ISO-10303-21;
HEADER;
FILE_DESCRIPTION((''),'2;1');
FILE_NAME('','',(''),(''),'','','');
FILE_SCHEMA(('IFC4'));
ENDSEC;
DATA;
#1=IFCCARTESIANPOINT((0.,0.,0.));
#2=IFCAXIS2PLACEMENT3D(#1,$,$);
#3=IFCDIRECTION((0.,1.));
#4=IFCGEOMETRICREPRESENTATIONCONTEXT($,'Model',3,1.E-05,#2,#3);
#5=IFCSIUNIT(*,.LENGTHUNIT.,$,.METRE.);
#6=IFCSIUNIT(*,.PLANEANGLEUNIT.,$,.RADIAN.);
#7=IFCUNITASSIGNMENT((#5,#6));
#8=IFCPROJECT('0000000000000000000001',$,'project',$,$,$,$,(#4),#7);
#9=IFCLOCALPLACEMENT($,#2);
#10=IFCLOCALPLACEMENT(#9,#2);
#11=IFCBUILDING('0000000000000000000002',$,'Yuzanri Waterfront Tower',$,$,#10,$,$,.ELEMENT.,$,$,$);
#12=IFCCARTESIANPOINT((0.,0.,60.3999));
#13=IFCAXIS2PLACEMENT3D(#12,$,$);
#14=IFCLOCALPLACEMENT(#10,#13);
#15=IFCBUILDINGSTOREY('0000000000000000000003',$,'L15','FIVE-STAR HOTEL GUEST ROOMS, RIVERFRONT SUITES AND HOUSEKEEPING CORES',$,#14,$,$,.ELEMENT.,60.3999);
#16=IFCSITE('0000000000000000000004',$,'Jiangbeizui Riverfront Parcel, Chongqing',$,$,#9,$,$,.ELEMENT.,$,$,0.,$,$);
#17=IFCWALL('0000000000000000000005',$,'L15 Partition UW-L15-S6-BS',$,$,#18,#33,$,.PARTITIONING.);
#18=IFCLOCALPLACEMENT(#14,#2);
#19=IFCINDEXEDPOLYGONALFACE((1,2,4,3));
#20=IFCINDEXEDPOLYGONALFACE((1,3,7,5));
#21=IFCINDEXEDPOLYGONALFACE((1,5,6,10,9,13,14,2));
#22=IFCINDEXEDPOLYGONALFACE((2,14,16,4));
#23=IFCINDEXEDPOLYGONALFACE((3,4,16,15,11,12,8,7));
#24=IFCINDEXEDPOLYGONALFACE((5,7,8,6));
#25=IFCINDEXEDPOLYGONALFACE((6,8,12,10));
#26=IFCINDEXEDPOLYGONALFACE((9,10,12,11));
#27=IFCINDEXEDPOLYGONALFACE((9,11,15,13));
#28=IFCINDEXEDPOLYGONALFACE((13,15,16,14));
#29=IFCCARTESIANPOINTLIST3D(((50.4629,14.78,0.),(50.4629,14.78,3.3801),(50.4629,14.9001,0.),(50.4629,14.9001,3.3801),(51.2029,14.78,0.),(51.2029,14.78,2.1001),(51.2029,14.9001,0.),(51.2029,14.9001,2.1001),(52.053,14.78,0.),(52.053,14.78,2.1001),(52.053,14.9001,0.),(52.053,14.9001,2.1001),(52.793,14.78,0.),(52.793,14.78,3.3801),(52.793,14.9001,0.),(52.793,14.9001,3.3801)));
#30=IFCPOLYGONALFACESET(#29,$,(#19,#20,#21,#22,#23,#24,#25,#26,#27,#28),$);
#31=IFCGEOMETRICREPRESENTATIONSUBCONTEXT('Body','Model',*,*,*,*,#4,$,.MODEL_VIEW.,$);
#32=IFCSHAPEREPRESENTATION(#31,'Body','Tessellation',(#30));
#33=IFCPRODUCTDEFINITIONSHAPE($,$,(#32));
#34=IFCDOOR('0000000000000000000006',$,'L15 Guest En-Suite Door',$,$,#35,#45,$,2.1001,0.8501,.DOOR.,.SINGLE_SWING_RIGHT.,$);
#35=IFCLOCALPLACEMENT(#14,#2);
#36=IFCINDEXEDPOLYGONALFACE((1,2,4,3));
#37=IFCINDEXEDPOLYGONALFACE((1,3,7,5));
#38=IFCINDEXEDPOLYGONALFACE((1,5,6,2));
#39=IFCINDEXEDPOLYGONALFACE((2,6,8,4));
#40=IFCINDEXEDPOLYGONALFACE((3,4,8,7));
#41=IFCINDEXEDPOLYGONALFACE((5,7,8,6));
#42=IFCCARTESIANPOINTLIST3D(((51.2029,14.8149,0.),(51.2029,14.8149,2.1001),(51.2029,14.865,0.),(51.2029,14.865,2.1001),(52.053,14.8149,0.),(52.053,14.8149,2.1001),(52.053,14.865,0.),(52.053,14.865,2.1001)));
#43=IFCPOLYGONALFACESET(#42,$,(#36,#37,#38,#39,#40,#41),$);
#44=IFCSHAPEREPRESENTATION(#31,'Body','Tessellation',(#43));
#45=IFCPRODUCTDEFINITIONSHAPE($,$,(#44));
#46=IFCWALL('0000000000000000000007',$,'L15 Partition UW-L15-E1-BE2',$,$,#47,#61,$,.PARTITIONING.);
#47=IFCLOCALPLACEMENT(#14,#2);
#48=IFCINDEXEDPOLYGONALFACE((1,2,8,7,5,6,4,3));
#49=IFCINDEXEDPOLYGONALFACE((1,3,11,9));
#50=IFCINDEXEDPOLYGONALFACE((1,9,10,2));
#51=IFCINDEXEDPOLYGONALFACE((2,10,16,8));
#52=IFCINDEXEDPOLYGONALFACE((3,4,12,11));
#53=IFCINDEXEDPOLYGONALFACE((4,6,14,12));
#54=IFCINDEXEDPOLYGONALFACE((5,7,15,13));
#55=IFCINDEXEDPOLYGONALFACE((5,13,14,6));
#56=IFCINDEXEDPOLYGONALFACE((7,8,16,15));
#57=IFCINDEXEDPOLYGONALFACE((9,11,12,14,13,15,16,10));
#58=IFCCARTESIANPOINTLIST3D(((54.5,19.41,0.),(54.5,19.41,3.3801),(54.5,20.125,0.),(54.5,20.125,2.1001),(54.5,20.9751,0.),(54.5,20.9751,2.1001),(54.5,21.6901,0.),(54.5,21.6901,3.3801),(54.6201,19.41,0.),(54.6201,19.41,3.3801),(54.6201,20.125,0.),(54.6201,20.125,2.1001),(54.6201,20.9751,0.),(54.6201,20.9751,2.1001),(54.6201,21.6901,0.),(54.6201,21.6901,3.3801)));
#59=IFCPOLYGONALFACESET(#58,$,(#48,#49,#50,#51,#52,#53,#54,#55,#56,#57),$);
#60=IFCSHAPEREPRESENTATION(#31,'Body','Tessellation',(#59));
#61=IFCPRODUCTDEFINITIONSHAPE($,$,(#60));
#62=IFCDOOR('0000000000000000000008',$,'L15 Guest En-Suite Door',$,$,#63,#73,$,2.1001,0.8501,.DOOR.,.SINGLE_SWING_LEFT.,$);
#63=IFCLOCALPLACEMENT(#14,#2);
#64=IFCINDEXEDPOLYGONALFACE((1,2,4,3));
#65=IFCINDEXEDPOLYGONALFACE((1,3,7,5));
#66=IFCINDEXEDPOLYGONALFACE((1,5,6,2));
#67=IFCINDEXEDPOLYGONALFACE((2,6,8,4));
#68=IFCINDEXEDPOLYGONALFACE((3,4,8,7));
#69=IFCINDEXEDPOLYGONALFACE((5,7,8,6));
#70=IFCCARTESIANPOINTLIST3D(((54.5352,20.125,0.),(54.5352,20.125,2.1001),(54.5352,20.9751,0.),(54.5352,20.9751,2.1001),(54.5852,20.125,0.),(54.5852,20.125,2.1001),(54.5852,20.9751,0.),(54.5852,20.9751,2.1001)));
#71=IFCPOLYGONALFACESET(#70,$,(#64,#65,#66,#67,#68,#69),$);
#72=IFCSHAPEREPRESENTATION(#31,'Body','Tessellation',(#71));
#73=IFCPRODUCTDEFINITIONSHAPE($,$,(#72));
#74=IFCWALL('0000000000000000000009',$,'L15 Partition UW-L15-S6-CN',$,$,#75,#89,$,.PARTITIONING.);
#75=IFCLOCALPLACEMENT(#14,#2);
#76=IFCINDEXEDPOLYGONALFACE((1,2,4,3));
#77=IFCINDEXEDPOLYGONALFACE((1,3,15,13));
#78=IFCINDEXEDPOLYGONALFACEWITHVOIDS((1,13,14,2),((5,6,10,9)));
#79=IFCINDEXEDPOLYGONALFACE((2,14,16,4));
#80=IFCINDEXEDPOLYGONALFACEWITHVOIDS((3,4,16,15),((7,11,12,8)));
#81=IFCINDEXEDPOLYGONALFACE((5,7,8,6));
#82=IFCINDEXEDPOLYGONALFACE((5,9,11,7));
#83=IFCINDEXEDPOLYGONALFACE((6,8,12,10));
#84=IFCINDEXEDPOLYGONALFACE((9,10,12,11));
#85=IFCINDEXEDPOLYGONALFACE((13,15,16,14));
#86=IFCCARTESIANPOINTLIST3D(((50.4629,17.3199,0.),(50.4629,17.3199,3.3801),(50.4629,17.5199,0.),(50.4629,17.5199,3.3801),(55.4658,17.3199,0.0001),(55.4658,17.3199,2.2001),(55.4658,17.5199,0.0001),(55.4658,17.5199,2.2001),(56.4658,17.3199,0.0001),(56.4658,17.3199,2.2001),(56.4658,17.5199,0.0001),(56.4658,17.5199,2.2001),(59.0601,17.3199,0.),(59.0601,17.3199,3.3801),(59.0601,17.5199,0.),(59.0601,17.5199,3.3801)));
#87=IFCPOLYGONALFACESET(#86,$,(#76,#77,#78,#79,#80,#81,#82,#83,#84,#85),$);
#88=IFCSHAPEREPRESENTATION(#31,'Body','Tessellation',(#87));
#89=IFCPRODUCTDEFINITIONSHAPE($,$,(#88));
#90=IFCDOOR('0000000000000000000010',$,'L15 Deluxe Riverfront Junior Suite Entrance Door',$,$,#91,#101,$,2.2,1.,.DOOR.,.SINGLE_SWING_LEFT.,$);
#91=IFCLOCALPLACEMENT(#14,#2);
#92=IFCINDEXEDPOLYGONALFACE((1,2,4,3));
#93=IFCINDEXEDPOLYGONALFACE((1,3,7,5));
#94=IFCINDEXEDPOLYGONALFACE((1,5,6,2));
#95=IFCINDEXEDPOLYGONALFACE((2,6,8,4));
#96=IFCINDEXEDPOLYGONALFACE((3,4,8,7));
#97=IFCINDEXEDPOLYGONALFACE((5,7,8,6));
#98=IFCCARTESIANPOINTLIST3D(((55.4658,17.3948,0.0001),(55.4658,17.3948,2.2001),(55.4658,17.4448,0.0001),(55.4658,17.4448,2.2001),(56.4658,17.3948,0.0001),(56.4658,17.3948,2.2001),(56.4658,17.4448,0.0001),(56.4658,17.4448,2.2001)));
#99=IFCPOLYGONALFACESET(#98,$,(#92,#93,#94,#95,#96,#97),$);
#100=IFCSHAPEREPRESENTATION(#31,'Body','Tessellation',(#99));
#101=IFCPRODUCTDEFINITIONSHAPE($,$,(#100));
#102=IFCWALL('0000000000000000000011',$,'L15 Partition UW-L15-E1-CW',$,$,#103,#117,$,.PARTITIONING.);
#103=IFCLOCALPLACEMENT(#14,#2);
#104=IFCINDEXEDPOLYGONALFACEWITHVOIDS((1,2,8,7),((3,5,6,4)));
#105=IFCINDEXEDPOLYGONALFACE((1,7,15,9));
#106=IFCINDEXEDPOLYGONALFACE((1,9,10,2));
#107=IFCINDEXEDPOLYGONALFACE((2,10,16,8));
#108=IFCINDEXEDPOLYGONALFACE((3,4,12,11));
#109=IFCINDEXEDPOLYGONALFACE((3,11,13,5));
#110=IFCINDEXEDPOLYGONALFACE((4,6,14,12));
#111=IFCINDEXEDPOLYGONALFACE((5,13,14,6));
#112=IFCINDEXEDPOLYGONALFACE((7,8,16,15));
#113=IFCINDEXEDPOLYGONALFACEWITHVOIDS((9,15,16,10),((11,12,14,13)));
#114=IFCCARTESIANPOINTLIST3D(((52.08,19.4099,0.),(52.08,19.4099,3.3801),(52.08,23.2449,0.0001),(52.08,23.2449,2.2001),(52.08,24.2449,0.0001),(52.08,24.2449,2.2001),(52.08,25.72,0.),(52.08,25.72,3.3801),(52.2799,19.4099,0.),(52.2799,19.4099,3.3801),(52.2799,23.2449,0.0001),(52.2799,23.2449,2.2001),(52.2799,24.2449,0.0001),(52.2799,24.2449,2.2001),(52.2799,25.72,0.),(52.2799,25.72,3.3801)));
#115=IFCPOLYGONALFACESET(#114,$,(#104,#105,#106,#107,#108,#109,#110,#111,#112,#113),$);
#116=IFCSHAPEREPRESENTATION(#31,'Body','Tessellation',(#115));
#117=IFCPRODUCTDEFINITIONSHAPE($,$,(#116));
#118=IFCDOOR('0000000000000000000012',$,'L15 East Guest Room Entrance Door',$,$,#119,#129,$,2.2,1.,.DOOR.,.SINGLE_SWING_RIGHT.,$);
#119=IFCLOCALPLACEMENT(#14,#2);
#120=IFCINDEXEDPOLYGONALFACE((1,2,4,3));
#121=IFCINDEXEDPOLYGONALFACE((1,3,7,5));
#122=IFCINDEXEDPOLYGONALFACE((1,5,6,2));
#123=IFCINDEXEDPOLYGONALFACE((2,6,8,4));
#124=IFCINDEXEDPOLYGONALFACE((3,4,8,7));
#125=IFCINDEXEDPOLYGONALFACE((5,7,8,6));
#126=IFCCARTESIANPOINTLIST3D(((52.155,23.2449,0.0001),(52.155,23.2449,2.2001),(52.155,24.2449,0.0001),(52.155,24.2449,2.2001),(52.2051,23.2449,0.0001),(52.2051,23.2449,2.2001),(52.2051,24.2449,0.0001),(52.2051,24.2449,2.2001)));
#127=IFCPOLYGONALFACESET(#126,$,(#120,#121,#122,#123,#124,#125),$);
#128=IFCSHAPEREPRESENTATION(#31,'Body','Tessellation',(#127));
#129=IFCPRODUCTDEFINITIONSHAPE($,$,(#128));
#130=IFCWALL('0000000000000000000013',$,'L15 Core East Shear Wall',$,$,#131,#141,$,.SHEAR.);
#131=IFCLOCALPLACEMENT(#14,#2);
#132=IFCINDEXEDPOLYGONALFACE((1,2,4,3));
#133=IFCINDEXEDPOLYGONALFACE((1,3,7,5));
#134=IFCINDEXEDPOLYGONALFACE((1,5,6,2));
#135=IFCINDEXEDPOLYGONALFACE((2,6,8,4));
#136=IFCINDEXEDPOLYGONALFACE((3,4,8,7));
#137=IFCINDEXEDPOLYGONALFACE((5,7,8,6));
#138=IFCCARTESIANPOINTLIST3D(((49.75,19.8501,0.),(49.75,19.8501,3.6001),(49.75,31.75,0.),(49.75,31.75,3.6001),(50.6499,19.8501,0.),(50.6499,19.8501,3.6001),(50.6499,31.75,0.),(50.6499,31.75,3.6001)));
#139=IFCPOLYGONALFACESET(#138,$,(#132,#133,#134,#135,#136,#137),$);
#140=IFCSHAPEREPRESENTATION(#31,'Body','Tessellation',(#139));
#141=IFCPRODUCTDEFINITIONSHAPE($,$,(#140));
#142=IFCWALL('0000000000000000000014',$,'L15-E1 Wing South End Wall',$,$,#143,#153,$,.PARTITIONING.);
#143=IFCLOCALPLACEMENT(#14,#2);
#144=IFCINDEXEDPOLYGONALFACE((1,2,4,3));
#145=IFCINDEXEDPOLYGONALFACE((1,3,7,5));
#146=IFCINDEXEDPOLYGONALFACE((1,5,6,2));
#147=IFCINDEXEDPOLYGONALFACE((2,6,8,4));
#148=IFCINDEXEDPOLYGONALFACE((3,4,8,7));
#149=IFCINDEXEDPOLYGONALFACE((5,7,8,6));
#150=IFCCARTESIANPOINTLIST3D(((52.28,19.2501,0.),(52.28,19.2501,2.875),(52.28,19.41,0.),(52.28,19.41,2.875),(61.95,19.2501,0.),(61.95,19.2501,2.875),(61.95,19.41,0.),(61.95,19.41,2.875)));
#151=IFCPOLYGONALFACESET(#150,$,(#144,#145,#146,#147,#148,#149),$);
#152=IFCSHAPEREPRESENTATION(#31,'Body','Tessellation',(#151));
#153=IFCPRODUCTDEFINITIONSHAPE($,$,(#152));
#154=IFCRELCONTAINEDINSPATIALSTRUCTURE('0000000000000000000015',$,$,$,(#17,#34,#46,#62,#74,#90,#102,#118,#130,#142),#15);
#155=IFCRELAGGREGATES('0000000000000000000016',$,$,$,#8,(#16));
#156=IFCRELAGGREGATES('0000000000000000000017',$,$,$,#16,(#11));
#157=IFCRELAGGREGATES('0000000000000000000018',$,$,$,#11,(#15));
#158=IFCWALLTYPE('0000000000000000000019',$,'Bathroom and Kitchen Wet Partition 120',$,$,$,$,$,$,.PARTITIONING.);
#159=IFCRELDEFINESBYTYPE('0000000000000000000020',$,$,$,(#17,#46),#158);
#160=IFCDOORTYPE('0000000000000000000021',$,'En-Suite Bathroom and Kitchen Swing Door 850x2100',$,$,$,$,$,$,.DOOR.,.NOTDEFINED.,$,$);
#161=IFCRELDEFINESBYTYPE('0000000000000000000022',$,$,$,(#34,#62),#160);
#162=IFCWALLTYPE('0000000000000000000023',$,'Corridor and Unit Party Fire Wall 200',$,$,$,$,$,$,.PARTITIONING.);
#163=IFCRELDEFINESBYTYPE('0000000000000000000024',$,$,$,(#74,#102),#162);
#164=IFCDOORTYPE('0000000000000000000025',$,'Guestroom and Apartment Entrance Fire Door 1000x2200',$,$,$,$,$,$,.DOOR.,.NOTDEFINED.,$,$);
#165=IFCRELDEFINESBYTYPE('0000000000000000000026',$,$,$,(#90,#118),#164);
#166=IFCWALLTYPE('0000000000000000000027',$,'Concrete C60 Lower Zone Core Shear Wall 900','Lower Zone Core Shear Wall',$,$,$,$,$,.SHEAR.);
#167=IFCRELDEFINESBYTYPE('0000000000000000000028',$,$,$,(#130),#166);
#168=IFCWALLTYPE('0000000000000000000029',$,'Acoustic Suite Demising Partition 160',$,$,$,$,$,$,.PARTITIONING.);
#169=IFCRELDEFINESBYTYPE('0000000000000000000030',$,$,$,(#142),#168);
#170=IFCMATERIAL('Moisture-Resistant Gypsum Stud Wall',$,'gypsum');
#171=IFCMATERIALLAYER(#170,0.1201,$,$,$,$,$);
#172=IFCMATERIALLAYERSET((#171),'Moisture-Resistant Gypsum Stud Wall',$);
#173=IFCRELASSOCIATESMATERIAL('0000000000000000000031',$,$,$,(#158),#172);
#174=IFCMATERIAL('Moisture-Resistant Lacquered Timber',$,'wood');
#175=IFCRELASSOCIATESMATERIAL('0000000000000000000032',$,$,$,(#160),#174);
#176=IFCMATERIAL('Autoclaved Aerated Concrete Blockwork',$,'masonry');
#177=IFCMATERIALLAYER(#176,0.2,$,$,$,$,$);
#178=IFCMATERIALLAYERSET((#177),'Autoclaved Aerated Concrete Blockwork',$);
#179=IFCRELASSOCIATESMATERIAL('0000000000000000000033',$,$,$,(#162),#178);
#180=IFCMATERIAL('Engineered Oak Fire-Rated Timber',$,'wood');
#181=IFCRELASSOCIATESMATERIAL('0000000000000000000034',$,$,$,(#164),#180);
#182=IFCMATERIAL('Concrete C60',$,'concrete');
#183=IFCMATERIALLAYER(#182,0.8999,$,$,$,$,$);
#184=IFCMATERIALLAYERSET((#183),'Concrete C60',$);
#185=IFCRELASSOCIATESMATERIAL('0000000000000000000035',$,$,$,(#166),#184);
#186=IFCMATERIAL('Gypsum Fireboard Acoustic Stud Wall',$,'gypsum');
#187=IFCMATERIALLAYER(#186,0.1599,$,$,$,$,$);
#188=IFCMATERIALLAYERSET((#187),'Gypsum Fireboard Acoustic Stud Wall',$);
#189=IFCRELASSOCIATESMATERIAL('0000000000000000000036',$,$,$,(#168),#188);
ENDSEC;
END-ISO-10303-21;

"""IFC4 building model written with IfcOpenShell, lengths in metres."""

from ifc_helpers import new_model, si_unit, direction, frame, frame_2d, origin, place, context, subcontext, project, spatial, rectangle, extrude, source, transform, mapped, material, layer, layer_set, type_object, element, fill, save


model = new_model("IFC4")

# Units and contexts
model_context = context("Model", 3, precision=1e-05, world=origin(), true_north=direction((0.0, 1.0)))
body_context = subcontext(model_context, "Body", "Model", "MODEL_VIEW")
ifc_project = project(units=[si_unit("LENGTHUNIT", "METRE"), si_unit("PLANEANGLEUNIT", "RADIAN")], contexts=[model_context])

# Site, building, storey
site_placement = place(None, origin())
site = spatial("IfcSite", under=ifc_project, at=site_placement, Name="Jiangbeizui Riverfront Parcel, Chongqing", CompositionType="ELEMENT", RefElevation=0.0)
building_placement = place(site_placement, origin())
building = spatial("IfcBuilding", under=site, at=building_placement, Name="Yuzanri Waterfront Tower", CompositionType="ELEMENT")
storey_placement = place(building_placement, frame((0.0, 0.0, 60.3999)))
storey = spatial("IfcBuildingStorey", under=building, at=storey_placement, Name="L15", Description="FIVE-STAR HOTEL GUEST ROOMS, RIVERFRONT SUITES AND HOUSEKEEPING CORES", CompositionType="ELEMENT", Elevation=60.3999)

# Walls, openings, doors
ifc_material_1 = material(Name="Moisture-Resistant Gypsum Stud Wall", Category="gypsum")
ifc_layer_1 = layer(ifc_material_1, 0.1201)
ifc_layer_set_1 = layer_set([ifc_layer_1], Name="Moisture-Resistant Gypsum Stud Wall")
wall_type_1 = type_object("IfcWallType", Name="Bathroom and Kitchen Wet Partition 120", PredefinedType="PARTITIONING", material=ifc_layer_set_1)
wall_1_placement = place(storey_placement, frame((50.4629, 14.8401, 0.0), z_axis=(0.0, 0.0, 1.0), x_axis=(1.0, 0.0, 0.0)))
wall_1 = element("IfcWall", 1, at=wall_1_placement, inside=storey, type_object=wall_type_1, Name="L15 Partition UW-L15-S6-BS", PredefinedType="PARTITIONING", context=body_context, shape_type="SweptSolid", body=[
    extrude(rectangle(XDim=2.3301, YDim=0.1201, at=frame_2d((1.165, 0.0))), origin(), (0.0, 0.0, 1.0), 3.3801),
])
opening_1_placement = place(wall_1_placement, frame((0.74, 0.0, 0.0)))
opening_1 = element("IfcOpeningElement", 2, at=opening_1_placement, cuts=wall_1, PredefinedType="OPENING", context=body_context, shape_type="SweptSolid", body=[
    extrude(rectangle(XDim=0.8501, YDim=2.1001, at=frame_2d((0.425, 1.05))), frame((0.0, 0.075, 0.0), z_axis=(0.0, -1.0, 0.0), x_axis=(1.0, 0.0, 0.0)), (0.0, 0.0, 1.0), 0.1499),
])
ifc_material_2 = material(Name="Moisture-Resistant Lacquered Timber", Category="wood")
door_type_1 = type_object("IfcDoorType", Name="En-Suite Bathroom and Kitchen Swing Door 850x2100", OperationType="NOTDEFINED", PredefinedType="DOOR", material=ifc_material_2)
shared_shape_1 = source(origin(), body_context, "Body", "SweptSolid", [
    extrude(rectangle(XDim=0.8501, YDim=2.1001, at=frame_2d((0.425, 1.05))), frame((0.0, 0.0249, 0.0), z_axis=(0.0, -1.0, 0.0), x_axis=(1.0, 0.0, 0.0)), (0.0, 0.0, 1.0), 0.05),
])
door_1_placement = place(opening_1_placement, origin())
door_1 = element("IfcDoor", 3, at=door_1_placement, inside=storey, type_object=door_type_1, Name="L15 Guest En-Suite Door", OperationType="SINGLE_SWING_RIGHT", OverallHeight=2.1001, OverallWidth=0.8501, PredefinedType="DOOR", context=body_context, shape_type="MappedRepresentation", body=[
    mapped(shared_shape_1, transform((0.0, 0.0, 0.0), scale=1.0)),
])
fill(opening_1, door_1)
wall_2_placement = place(storey_placement, frame((54.5601, 19.4099, 0.0), z_axis=(0.0, 0.0, 1.0), x_axis=(0.0, 1.0, 0.0)))
wall_2 = element("IfcWall", 4, at=wall_2_placement, inside=storey, type_object=wall_type_1, Name="L15 Partition UW-L15-E1-BE2", PredefinedType="PARTITIONING", context=body_context, shape_type="SweptSolid", body=[
    extrude(rectangle(XDim=2.28, YDim=0.1201, at=frame_2d((1.1401, 0.0))), origin(), (0.0, 0.0, 1.0), 3.3801),
])
opening_2_placement = place(wall_2_placement, frame((0.7151, 0.0, 0.0)))
opening_2 = element("IfcOpeningElement", 5, at=opening_2_placement, cuts=wall_2, PredefinedType="OPENING", context=body_context, shape_type="SweptSolid", body=[
    extrude(rectangle(XDim=0.8501, YDim=2.1001, at=frame_2d((0.425, 1.05))), frame((0.0, 0.075, 0.0), z_axis=(0.0, -1.0, 0.0), x_axis=(1.0, 0.0, 0.0)), (0.0, 0.0, 1.0), 0.1499),
])
door_2_placement = place(opening_2_placement, origin())
door_2 = element("IfcDoor", 6, at=door_2_placement, inside=storey, type_object=door_type_1, Name="L15 Guest En-Suite Door", OperationType="SINGLE_SWING_LEFT", OverallHeight=2.1001, OverallWidth=0.8501, PredefinedType="DOOR", context=body_context, shape_type="MappedRepresentation", body=[
    mapped(shared_shape_1, transform((0.0, 0.0, 0.0), scale=1.0)),
])
fill(opening_2, door_2)
ifc_material_3 = material(Name="Autoclaved Aerated Concrete Blockwork", Category="masonry")
ifc_layer_2 = layer(ifc_material_3, 0.2)
ifc_layer_set_2 = layer_set([ifc_layer_2], Name="Autoclaved Aerated Concrete Blockwork")
wall_type_2 = type_object("IfcWallType", Name="Corridor and Unit Party Fire Wall 200", PredefinedType="PARTITIONING", material=ifc_layer_set_2)
wall_3_placement = place(storey_placement, frame((50.4629, 17.4199, 0.0), z_axis=(0.0, 0.0, 1.0), x_axis=(1.0, 0.0, 0.0)))
wall_3 = element("IfcWall", 7, at=wall_3_placement, inside=storey, type_object=wall_type_2, Name="L15 Partition UW-L15-S6-CN", PredefinedType="PARTITIONING", context=body_context, shape_type="SweptSolid", body=[
    extrude(rectangle(XDim=8.5972, YDim=0.2, at=frame_2d((4.2986, 0.0))), origin(), (0.0, 0.0, 1.0), 3.3801),
])
opening_3_placement = place(wall_3_placement, frame((5.0029, 0.0, 0.0)))
opening_3 = element("IfcOpeningElement", 8, at=opening_3_placement, cuts=wall_3, PredefinedType="OPENING", context=body_context, shape_type="SweptSolid", body=[
    extrude(rectangle(XDim=1.0, YDim=2.2, at=frame_2d((0.5, 1.1001))), frame((0.0, 0.1147, 0.0), z_axis=(0.0, -1.0, 0.0), x_axis=(1.0, 0.0, 0.0)), (0.0, 0.0, 1.0), 0.2297),
])
ifc_material_4 = material(Name="Engineered Oak Fire-Rated Timber", Category="wood")
door_type_2 = type_object("IfcDoorType", Name="Guestroom and Apartment Entrance Fire Door 1000x2200", OperationType="NOTDEFINED", PredefinedType="DOOR", material=ifc_material_4)
shared_shape_2 = source(origin(), body_context, "Body", "SweptSolid", [
    extrude(rectangle(XDim=1.0, YDim=2.2, at=frame_2d((0.5, 1.1001))), frame((0.0, 0.0249, 0.0), z_axis=(0.0, -1.0, 0.0), x_axis=(1.0, 0.0, 0.0)), (0.0, 0.0, 1.0), 0.05),
])
door_3_placement = place(opening_3_placement, origin())
door_3 = element("IfcDoor", 9, at=door_3_placement, inside=storey, type_object=door_type_2, Name="L15 Deluxe Riverfront Junior Suite Entrance Door", OperationType="SINGLE_SWING_LEFT", OverallHeight=2.2, OverallWidth=1.0, PredefinedType="DOOR", context=body_context, shape_type="MappedRepresentation", body=[
    mapped(shared_shape_2, transform((0.0, 0.0, 0.0), scale=1.0)),
])
fill(opening_3, door_3)
wall_4_placement = place(storey_placement, frame((52.1799, 19.4099, 0.0), z_axis=(0.0, 0.0, 1.0), x_axis=(0.0, 1.0, 0.0)))
wall_4 = element("IfcWall", 10, at=wall_4_placement, inside=storey, type_object=wall_type_2, Name="L15 Partition UW-L15-E1-CW", PredefinedType="PARTITIONING", context=body_context, shape_type="SweptSolid", body=[
    extrude(rectangle(XDim=6.3101, YDim=0.2, at=frame_2d((3.155, 0.0))), origin(), (0.0, 0.0, 1.0), 3.3801),
])
opening_4_placement = place(wall_4_placement, frame((3.835, 0.0, 0.0)))
opening_4 = element("IfcOpeningElement", 11, at=opening_4_placement, cuts=wall_4, PredefinedType="OPENING", context=body_context, shape_type="SweptSolid", body=[
    extrude(rectangle(XDim=1.0, YDim=2.2, at=frame_2d((0.5, 1.1001))), frame((0.0, 0.1147, 0.0), z_axis=(0.0, -1.0, 0.0), x_axis=(1.0, 0.0, 0.0)), (0.0, 0.0, 1.0), 0.2297),
])
door_4_placement = place(opening_4_placement, origin())
door_4 = element("IfcDoor", 12, at=door_4_placement, inside=storey, type_object=door_type_2, Name="L15 East Guest Room Entrance Door", OperationType="SINGLE_SWING_RIGHT", OverallHeight=2.2, OverallWidth=1.0, PredefinedType="DOOR", context=body_context, shape_type="MappedRepresentation", body=[
    mapped(shared_shape_2, transform((0.0, 0.0, 0.0), scale=1.0)),
])
fill(opening_4, door_4)

# Walls
ifc_material_5 = material(Name="Concrete C60", Category="concrete")
ifc_layer_3 = layer(ifc_material_5, 0.8999)
ifc_layer_set_3 = layer_set([ifc_layer_3], Name="Concrete C60")
wall_type_3 = type_object("IfcWallType", Name="Concrete C60 Lower Zone Core Shear Wall 900", Description="Lower Zone Core Shear Wall", PredefinedType="SHEAR", material=ifc_layer_set_3)
shared_shape_3 = source(origin(), body_context, "Body", "SweptSolid", [
    extrude(rectangle(XDim=11.8999, YDim=0.8999, at=frame_2d((5.95, 0.0))), origin(), (0.0, 0.0, 1.0), 3.6001),
])
wall_5_placement = place(storey_placement, frame((50.2, 19.8501, 0.0), z_axis=(0.0, 0.0, 1.0), x_axis=(0.0, 1.0, 0.0)))
element("IfcWall", 13, at=wall_5_placement, inside=storey, type_object=wall_type_3, Name="L15 Core East Shear Wall", PredefinedType="SHEAR", context=body_context, shape_type="MappedRepresentation", body=[
    mapped(shared_shape_3, transform((0.0, 0.0, 0.0), scale=1.0)),
])
ifc_material_6 = material(Name="Gypsum Fireboard Acoustic Stud Wall", Category="gypsum")
ifc_layer_4 = layer(ifc_material_6, 0.1599)
ifc_layer_set_4 = layer_set([ifc_layer_4], Name="Gypsum Fireboard Acoustic Stud Wall")
wall_type_4 = type_object("IfcWallType", Name="Acoustic Suite Demising Partition 160", PredefinedType="PARTITIONING", material=ifc_layer_set_4)
shared_shape_4 = source(origin(), body_context, "Body", "SweptSolid", [
    extrude(rectangle(XDim=9.6699, YDim=0.1599, at=frame_2d((4.835, 0.0))), origin(), (0.0, 0.0, 1.0), 2.875),
])
wall_6_placement = place(storey_placement, frame((52.28, 19.3301, 0.0), z_axis=(0.0, 0.0, 1.0), x_axis=(1.0, 0.0, 0.0)))
element("IfcWall", 14, at=wall_6_placement, inside=storey, type_object=wall_type_4, Name="L15-E1 Wing South End Wall", PredefinedType="PARTITIONING", context=body_context, shape_type="MappedRepresentation", body=[
    mapped(shared_shape_4, transform((0.0, 0.0, 0.0), scale=1.0)),
])

save(model, "model.ifc")
